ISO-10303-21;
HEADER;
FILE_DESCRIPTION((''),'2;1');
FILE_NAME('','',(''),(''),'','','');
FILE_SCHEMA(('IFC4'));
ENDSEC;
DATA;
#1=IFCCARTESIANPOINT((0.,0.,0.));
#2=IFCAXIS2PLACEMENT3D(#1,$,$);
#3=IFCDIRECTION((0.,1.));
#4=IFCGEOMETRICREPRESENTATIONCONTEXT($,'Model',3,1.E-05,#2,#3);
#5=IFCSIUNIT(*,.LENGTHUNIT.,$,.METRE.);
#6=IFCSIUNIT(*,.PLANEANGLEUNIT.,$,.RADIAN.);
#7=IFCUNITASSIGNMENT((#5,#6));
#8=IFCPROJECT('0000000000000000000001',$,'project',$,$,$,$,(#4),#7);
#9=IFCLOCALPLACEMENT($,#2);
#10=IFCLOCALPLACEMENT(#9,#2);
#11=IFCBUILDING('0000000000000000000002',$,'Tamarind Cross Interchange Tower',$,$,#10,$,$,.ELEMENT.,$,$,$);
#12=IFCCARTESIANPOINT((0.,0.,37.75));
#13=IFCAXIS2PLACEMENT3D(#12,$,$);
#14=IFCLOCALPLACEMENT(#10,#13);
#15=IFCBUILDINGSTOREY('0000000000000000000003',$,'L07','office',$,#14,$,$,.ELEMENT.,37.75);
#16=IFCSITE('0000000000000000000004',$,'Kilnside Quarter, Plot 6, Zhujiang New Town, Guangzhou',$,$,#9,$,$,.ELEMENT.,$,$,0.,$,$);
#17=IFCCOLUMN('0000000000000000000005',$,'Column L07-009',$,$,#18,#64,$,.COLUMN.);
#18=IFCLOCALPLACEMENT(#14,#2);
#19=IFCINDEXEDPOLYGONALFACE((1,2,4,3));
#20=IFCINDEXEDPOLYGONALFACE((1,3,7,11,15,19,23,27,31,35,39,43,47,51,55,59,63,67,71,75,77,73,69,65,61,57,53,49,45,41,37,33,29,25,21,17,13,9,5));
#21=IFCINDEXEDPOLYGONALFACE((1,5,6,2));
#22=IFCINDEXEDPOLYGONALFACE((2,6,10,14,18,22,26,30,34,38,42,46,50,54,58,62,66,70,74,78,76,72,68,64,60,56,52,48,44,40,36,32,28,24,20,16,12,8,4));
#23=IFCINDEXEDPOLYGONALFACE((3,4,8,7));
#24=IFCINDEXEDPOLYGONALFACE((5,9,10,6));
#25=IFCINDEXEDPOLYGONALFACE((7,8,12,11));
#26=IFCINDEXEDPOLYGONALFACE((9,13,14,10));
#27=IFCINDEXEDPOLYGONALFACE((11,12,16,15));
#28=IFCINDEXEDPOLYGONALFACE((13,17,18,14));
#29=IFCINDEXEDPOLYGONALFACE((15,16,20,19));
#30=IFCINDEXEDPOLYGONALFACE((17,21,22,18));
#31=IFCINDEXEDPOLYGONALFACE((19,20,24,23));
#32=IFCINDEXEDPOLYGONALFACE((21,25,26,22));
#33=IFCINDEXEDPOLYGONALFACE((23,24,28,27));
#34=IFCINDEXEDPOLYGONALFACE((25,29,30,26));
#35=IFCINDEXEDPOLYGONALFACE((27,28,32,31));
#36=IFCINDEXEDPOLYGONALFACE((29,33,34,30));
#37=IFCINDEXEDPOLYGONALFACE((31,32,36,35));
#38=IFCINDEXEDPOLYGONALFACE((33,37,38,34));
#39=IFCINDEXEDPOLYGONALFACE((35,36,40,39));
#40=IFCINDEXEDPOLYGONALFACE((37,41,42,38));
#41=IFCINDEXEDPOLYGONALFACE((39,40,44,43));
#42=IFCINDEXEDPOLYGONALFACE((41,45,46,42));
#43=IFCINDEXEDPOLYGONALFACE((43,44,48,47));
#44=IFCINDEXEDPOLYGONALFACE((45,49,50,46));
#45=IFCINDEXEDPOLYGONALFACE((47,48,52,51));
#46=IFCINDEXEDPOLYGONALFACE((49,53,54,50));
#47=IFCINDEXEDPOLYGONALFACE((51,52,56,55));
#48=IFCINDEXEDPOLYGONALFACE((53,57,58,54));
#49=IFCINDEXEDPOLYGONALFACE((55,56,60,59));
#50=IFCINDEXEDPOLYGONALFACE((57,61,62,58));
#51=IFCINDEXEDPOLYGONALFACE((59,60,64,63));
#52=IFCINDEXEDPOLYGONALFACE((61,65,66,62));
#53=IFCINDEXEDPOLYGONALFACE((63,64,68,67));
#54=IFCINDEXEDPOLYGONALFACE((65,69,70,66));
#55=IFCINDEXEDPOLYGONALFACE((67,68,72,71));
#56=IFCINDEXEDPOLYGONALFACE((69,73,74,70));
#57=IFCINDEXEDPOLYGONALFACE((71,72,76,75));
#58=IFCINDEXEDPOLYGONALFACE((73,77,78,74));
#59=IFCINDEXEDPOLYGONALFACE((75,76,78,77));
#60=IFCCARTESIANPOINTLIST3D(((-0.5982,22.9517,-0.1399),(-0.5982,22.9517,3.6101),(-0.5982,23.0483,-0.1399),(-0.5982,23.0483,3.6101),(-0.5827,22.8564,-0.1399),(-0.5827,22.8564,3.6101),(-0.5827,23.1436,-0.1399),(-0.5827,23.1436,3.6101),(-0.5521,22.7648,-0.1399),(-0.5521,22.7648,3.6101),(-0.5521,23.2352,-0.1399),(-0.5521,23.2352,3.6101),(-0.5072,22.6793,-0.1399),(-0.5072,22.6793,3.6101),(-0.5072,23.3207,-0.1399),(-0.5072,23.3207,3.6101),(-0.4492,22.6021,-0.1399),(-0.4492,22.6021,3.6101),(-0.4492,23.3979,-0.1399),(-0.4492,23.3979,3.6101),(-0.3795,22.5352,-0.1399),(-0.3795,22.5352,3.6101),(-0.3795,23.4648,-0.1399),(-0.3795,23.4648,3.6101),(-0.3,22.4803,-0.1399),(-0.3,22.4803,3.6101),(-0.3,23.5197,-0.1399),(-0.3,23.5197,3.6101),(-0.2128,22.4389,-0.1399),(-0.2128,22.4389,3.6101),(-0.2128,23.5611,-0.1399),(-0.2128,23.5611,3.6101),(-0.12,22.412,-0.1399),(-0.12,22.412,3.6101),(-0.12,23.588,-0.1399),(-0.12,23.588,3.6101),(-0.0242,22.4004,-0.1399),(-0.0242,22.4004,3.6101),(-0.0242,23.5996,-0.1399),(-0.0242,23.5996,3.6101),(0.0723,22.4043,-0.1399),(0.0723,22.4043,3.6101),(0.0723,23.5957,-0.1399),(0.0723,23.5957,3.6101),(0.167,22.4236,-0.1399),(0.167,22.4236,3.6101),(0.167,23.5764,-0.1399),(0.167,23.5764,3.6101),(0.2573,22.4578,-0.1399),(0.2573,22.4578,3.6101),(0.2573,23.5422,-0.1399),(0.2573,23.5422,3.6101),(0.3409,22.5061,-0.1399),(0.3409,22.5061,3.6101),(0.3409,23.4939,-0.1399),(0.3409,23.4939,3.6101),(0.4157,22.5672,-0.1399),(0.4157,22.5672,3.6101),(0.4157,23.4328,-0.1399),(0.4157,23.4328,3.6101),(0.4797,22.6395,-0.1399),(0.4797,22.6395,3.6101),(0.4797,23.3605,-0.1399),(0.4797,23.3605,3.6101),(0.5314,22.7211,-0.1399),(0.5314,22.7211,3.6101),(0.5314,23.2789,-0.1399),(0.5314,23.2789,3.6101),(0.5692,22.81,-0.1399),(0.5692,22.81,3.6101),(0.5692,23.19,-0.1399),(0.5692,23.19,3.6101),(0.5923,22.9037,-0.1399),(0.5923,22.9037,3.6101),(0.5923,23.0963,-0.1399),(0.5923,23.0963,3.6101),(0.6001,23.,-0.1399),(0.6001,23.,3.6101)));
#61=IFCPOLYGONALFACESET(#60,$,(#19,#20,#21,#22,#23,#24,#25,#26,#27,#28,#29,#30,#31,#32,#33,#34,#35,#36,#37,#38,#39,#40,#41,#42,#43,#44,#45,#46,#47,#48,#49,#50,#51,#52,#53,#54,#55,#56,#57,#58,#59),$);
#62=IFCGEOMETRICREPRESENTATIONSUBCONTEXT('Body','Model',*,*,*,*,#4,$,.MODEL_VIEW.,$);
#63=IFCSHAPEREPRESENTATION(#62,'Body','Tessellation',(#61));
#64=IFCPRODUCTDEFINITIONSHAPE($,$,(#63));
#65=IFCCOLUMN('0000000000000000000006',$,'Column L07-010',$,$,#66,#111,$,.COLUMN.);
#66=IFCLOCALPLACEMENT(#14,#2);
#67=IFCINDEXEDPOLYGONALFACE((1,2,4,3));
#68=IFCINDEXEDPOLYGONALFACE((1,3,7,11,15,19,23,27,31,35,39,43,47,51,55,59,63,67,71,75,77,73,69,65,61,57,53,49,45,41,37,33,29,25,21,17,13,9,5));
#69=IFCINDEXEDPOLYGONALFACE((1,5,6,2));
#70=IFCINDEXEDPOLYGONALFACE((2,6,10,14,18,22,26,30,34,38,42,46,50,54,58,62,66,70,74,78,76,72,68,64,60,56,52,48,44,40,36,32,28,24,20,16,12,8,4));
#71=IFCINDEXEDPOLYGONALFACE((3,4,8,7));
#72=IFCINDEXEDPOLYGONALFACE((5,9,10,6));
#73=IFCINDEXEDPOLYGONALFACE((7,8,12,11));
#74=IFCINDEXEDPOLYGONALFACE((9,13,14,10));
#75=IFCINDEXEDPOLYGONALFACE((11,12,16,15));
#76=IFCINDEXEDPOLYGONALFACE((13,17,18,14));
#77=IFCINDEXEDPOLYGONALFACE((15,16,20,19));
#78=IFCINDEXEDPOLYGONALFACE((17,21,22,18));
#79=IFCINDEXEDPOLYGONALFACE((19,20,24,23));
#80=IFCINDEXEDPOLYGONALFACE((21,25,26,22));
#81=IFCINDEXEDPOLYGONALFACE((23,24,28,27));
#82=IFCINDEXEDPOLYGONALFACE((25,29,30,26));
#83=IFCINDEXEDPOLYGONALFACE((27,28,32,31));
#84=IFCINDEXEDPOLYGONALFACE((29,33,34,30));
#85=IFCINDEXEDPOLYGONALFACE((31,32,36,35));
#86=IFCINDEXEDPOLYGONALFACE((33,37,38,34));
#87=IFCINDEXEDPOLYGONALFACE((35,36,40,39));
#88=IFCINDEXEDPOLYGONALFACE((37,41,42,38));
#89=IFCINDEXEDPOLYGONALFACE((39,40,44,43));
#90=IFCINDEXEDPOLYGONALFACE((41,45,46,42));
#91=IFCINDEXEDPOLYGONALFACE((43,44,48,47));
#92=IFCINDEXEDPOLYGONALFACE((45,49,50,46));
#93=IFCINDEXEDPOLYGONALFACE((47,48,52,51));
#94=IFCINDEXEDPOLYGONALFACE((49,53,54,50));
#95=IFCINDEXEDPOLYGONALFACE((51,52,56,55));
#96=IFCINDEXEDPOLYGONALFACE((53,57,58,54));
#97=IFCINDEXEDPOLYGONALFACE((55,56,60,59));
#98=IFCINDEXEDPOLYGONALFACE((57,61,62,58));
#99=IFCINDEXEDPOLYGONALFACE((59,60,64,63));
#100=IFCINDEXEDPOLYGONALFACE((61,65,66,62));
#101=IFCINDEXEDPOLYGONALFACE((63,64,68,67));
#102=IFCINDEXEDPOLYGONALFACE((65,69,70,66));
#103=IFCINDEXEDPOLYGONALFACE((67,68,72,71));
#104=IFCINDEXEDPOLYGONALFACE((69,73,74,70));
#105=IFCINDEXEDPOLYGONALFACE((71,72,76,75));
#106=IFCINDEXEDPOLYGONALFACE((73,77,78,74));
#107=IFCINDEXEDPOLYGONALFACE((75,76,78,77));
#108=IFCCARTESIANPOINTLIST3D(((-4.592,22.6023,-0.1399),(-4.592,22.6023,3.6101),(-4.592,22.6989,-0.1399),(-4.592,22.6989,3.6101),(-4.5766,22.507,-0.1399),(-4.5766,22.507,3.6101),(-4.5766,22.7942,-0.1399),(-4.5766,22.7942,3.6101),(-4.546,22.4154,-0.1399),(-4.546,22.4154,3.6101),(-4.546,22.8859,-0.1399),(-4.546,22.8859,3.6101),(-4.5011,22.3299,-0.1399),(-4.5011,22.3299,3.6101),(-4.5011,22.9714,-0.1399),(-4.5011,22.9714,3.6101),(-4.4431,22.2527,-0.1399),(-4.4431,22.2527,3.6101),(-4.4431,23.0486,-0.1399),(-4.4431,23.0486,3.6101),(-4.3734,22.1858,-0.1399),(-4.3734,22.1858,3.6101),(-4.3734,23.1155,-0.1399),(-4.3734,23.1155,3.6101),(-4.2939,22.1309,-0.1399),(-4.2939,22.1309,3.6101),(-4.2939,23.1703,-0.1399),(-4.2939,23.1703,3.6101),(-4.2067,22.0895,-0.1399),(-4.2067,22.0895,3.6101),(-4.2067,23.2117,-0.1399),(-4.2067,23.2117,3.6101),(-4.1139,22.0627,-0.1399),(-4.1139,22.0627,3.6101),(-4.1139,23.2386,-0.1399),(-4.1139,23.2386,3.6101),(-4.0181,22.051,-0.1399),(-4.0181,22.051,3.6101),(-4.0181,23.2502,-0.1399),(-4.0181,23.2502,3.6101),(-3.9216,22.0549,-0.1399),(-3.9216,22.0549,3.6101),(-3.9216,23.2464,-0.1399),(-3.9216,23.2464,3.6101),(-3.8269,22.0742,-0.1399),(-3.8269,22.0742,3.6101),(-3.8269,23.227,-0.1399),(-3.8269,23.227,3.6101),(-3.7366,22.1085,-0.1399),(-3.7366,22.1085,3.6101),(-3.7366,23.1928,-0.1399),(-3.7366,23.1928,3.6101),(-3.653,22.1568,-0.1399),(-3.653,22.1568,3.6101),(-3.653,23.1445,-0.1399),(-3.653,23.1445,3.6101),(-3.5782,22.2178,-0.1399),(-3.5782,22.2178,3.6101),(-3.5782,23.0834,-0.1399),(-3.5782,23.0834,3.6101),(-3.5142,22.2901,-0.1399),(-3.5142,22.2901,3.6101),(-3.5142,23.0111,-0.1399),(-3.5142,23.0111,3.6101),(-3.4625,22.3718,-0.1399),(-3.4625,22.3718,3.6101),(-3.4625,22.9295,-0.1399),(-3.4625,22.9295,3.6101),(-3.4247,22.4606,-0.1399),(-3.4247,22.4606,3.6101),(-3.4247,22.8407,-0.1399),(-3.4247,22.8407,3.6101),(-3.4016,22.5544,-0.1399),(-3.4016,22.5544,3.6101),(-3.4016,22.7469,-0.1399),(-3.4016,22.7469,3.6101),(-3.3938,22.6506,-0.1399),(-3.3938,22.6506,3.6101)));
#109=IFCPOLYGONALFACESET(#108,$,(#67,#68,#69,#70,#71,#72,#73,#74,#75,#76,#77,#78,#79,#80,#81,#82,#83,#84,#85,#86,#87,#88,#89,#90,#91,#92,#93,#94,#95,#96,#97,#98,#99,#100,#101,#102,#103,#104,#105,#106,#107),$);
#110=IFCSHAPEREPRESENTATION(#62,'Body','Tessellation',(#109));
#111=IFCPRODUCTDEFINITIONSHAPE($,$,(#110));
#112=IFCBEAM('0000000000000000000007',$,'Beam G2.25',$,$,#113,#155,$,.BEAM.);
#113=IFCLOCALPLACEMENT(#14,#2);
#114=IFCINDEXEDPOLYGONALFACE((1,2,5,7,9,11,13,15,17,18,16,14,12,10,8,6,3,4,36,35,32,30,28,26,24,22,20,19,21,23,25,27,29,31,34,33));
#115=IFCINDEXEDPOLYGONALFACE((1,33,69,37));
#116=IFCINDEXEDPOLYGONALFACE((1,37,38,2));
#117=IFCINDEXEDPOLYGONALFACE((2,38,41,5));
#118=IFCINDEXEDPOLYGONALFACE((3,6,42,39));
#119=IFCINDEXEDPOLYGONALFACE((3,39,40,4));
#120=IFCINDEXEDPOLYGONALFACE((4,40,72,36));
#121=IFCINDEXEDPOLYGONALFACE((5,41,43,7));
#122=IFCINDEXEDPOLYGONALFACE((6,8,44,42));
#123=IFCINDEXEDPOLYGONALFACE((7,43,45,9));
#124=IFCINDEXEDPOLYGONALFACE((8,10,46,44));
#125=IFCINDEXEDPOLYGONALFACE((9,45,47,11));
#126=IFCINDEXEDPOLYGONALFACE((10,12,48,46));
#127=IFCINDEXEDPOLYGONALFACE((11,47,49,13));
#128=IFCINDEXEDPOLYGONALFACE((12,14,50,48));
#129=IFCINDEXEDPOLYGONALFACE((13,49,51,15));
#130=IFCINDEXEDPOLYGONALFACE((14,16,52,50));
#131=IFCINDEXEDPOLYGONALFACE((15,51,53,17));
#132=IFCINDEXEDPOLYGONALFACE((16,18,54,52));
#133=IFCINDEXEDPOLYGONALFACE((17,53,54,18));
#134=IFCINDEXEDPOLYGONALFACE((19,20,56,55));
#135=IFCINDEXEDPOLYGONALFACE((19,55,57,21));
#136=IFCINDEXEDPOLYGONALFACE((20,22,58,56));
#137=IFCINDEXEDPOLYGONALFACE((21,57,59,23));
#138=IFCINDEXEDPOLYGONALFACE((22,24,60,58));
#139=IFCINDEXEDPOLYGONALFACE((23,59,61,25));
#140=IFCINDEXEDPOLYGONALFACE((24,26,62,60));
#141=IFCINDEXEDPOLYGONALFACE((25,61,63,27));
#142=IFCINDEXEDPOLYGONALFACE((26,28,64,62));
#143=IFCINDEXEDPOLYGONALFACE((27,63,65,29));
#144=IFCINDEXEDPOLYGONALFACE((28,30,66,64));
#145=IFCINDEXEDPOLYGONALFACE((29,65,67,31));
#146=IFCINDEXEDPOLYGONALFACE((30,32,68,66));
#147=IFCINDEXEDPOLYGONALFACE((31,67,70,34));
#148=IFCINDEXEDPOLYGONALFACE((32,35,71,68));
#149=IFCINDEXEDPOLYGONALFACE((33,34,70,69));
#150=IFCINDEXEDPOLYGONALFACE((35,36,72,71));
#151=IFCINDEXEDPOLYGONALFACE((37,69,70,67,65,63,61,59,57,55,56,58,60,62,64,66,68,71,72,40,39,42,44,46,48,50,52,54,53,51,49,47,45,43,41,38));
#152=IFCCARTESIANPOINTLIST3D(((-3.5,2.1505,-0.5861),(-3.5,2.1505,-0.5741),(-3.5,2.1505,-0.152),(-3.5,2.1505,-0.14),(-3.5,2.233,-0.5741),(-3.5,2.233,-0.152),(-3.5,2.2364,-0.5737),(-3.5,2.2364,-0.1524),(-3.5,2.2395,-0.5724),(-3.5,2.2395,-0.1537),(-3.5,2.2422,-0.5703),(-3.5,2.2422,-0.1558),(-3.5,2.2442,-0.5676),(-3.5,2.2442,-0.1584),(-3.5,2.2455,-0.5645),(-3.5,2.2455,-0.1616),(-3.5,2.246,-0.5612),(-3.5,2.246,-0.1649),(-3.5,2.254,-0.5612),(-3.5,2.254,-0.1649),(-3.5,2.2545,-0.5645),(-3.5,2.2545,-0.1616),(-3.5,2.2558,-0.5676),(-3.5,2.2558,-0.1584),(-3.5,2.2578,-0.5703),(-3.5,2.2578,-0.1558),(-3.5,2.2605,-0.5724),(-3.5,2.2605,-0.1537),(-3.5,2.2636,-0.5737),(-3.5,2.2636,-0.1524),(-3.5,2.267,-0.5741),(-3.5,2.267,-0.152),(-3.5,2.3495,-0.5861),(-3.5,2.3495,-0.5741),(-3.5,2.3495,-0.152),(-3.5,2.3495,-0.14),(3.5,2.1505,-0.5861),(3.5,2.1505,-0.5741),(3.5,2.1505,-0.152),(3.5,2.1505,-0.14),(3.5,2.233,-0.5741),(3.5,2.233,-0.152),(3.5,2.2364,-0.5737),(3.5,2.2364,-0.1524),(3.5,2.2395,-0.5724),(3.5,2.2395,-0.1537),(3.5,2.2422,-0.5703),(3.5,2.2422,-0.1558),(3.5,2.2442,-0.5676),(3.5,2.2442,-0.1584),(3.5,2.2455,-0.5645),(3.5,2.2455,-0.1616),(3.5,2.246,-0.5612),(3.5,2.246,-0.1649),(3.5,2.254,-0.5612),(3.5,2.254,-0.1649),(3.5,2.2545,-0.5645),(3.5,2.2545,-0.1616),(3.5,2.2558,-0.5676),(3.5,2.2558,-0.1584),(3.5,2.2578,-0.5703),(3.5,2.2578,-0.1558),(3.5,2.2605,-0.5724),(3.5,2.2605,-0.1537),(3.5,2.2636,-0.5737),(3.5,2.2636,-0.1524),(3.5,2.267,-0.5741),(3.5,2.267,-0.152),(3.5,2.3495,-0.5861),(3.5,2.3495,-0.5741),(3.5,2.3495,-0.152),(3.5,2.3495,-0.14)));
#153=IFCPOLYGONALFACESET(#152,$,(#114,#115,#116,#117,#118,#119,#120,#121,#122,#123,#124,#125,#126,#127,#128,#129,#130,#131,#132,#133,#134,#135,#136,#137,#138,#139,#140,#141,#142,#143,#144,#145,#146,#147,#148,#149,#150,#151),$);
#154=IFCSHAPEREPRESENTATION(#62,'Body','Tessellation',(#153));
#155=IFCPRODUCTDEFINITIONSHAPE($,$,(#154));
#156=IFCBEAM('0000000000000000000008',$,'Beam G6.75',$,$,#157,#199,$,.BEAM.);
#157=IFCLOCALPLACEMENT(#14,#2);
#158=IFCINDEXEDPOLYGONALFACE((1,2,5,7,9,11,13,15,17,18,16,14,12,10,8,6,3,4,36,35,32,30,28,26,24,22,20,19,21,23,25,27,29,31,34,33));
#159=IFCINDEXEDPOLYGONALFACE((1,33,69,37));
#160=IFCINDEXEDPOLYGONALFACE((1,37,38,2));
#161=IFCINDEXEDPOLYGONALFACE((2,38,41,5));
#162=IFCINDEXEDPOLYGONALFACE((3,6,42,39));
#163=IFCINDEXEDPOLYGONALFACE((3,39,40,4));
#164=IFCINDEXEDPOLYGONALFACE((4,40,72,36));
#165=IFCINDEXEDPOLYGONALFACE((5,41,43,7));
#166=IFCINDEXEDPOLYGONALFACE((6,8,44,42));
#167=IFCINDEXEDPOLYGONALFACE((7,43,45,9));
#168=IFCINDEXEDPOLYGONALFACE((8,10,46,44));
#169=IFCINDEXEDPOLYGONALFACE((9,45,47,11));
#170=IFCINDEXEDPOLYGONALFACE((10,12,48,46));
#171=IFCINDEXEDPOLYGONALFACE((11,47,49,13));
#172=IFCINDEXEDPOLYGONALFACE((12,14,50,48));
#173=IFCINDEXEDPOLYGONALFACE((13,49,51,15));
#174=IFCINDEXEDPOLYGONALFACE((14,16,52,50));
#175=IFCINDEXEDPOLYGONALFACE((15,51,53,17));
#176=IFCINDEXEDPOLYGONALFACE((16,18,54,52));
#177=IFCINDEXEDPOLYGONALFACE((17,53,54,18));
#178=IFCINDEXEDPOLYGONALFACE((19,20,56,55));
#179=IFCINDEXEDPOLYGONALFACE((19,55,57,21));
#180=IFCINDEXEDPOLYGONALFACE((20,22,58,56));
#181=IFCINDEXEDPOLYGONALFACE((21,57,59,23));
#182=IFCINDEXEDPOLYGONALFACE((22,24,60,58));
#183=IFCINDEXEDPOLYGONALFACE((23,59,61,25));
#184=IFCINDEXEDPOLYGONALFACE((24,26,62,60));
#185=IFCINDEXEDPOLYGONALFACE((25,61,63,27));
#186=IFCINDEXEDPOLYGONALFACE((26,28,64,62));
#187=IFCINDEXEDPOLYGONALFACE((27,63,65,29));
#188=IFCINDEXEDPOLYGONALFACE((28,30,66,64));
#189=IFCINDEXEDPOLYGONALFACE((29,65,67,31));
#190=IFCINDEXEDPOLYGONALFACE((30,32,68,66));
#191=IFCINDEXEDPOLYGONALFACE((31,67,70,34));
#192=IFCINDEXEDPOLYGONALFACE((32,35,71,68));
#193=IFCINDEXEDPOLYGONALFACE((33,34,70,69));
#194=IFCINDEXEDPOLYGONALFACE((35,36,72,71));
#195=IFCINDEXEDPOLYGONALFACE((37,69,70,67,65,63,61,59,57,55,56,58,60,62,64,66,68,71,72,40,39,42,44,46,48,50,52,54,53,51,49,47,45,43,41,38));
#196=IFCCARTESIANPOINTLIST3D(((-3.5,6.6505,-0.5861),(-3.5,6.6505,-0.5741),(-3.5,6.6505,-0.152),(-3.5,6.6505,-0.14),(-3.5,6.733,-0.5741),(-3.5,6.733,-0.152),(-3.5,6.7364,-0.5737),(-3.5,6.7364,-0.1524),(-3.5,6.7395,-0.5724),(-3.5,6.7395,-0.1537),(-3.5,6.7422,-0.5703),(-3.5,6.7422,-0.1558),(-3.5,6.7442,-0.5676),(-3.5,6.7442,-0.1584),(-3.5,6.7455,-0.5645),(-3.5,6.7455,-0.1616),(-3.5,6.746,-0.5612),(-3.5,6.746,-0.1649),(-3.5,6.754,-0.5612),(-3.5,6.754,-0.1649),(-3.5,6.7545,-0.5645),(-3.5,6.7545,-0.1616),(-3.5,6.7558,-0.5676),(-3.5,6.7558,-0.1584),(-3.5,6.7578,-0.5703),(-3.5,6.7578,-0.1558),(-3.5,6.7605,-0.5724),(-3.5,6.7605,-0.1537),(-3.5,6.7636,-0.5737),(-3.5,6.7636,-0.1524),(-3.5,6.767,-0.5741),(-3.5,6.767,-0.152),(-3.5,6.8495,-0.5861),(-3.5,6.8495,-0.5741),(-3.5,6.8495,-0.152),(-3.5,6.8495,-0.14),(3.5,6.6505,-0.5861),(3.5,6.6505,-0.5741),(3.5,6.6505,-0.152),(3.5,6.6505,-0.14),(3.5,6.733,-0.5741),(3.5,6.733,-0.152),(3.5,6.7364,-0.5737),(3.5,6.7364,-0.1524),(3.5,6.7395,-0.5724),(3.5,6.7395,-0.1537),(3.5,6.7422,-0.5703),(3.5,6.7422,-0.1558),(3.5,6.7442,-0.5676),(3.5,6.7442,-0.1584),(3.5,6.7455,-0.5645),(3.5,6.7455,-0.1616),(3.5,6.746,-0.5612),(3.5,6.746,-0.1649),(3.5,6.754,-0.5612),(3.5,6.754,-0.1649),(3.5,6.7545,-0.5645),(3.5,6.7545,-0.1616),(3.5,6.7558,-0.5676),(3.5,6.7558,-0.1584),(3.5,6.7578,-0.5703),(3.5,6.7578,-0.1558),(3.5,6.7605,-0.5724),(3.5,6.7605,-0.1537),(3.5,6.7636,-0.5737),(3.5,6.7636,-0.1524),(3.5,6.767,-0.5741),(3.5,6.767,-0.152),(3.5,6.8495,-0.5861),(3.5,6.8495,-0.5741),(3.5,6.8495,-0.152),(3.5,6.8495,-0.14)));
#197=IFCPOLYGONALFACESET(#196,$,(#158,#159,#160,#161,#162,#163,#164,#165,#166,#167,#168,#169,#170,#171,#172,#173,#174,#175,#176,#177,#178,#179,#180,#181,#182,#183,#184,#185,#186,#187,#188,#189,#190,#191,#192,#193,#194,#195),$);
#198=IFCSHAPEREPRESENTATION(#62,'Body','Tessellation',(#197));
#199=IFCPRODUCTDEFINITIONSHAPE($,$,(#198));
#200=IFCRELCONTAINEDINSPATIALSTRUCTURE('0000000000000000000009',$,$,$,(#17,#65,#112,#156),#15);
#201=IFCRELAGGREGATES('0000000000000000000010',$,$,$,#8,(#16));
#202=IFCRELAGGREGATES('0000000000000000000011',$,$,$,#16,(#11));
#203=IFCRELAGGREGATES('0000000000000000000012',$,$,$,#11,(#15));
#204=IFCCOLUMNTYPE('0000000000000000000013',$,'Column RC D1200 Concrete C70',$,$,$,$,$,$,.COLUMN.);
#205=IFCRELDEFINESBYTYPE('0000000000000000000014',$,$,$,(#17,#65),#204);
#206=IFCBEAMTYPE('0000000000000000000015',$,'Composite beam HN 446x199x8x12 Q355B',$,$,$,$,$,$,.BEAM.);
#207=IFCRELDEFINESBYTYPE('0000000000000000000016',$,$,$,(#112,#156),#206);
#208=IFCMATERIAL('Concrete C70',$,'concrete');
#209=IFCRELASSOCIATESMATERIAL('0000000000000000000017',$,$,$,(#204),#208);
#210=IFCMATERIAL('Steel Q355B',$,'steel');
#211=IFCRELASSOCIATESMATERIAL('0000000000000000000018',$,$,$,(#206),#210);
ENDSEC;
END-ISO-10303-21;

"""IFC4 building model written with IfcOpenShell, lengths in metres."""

from ifc_helpers import new_model, si_unit, direction, frame, origin, origin_2d, place, context, subcontext, project, spatial, circle, i_section, extrude, material, material_profile, profile_set, type_object, element, save


model = new_model("IFC4")

# Units and contexts
model_context = context("Model", 3, precision=1e-05, world=origin(), true_north=direction((0.0, 1.0)))
body_context = subcontext(model_context, "Body", "Model", "MODEL_VIEW")
ifc_project = project(units=[si_unit("LENGTHUNIT", "METRE"), si_unit("PLANEANGLEUNIT", "RADIAN")], contexts=[model_context])

# Site, building, storey
site_placement = place(None, origin())
site = spatial("IfcSite", under=ifc_project, at=site_placement, Name="Kilnside Quarter, Plot 6, Zhujiang New Town, Guangzhou", CompositionType="ELEMENT", RefElevation=0.0)
building_placement = place(site_placement, origin())
building = spatial("IfcBuilding", under=site, at=building_placement, Name="Tamarind Cross Interchange Tower", CompositionType="ELEMENT")
storey_placement = place(building_placement, frame((0.0, 0.0, 37.75)))
storey = spatial("IfcBuildingStorey", under=building, at=storey_placement, Name="L07", Description="office", CompositionType="ELEMENT", Elevation=37.75)

# Columns
ifc_material_1 = material(Name="Concrete C70", Category="concrete")
ifc_material_profile_1 = material_profile(ifc_material_1, circle(Radius=0.6001, at=origin_2d()), Name="RC D1200")
ifc_profile_set_1 = profile_set([ifc_material_profile_1], Name="Concrete C70")
column_type = type_object("IfcColumnType", Name="Column RC D1200 Concrete C70", PredefinedType="COLUMN", material=ifc_profile_set_1)
for number, where, z_axis, x_axis, name in (
    (1, (0.0, 23.0, -0.1399), (0.0, 0.0, 1.0), (1.0, 0.0, 0.0), "Column L07-009"),
    (2, (-3.9939, 22.6506, -0.1399), (0.0, 0.0, 1.0), (1.0, 0.0, 0.0), "Column L07-010"),
):
    element("IfcColumn", number, at=place(storey_placement, frame(where, z_axis=z_axis, x_axis=x_axis)), inside=storey, type_object=column_type, Name=name, PredefinedType="COLUMN", context=body_context, shape_type="SweptSolid", body=[
        extrude(circle(Radius=0.6001, at=origin_2d()), origin(), (0.0, 0.0, 1.0), 3.75),
    ])

# Beams
ifc_material_2 = material(Name="Steel Q355B", Category="steel")
ifc_material_profile_2 = material_profile(ifc_material_2, i_section(OverallWidth=0.199, OverallDepth=0.446, WebThickness=0.0081, FlangeThickness=0.012, FilletRadius=0.0129, at=origin_2d()), Name="HN 446x199x8x12")
ifc_profile_set_2 = profile_set([ifc_material_profile_2], Name="Steel Q355B")
beam_type_1 = type_object("IfcBeamType", Name="Composite beam HN 446x199x8x12 Q355B", PredefinedType="BEAM", material=ifc_profile_set_2)
for number, where, z_axis, x_axis, name in (
    (3, (-3.5, 2.25, -0.363), (1.0, 0.0, 0.0), (0.0, 1.0, 0.0), "Beam G2.25"),
    (4, (-3.5, 6.75, -0.363), (1.0, 0.0, 0.0), (0.0, 1.0, 0.0), "Beam G6.75"),
):
    element("IfcBeam", number, at=place(storey_placement, frame(where, z_axis=z_axis, x_axis=x_axis)), inside=storey, type_object=beam_type_1, Name=name, PredefinedType="BEAM", context=body_context, shape_type="SweptSolid", body=[
        extrude(i_section(OverallWidth=0.199, OverallDepth=0.446, WebThickness=0.0081, FlangeThickness=0.012, FilletRadius=0.0129, at=origin_2d()), origin(), (0.0, 0.0, 1.0), 7.0),
    ])

save(model, "model.ifc")
